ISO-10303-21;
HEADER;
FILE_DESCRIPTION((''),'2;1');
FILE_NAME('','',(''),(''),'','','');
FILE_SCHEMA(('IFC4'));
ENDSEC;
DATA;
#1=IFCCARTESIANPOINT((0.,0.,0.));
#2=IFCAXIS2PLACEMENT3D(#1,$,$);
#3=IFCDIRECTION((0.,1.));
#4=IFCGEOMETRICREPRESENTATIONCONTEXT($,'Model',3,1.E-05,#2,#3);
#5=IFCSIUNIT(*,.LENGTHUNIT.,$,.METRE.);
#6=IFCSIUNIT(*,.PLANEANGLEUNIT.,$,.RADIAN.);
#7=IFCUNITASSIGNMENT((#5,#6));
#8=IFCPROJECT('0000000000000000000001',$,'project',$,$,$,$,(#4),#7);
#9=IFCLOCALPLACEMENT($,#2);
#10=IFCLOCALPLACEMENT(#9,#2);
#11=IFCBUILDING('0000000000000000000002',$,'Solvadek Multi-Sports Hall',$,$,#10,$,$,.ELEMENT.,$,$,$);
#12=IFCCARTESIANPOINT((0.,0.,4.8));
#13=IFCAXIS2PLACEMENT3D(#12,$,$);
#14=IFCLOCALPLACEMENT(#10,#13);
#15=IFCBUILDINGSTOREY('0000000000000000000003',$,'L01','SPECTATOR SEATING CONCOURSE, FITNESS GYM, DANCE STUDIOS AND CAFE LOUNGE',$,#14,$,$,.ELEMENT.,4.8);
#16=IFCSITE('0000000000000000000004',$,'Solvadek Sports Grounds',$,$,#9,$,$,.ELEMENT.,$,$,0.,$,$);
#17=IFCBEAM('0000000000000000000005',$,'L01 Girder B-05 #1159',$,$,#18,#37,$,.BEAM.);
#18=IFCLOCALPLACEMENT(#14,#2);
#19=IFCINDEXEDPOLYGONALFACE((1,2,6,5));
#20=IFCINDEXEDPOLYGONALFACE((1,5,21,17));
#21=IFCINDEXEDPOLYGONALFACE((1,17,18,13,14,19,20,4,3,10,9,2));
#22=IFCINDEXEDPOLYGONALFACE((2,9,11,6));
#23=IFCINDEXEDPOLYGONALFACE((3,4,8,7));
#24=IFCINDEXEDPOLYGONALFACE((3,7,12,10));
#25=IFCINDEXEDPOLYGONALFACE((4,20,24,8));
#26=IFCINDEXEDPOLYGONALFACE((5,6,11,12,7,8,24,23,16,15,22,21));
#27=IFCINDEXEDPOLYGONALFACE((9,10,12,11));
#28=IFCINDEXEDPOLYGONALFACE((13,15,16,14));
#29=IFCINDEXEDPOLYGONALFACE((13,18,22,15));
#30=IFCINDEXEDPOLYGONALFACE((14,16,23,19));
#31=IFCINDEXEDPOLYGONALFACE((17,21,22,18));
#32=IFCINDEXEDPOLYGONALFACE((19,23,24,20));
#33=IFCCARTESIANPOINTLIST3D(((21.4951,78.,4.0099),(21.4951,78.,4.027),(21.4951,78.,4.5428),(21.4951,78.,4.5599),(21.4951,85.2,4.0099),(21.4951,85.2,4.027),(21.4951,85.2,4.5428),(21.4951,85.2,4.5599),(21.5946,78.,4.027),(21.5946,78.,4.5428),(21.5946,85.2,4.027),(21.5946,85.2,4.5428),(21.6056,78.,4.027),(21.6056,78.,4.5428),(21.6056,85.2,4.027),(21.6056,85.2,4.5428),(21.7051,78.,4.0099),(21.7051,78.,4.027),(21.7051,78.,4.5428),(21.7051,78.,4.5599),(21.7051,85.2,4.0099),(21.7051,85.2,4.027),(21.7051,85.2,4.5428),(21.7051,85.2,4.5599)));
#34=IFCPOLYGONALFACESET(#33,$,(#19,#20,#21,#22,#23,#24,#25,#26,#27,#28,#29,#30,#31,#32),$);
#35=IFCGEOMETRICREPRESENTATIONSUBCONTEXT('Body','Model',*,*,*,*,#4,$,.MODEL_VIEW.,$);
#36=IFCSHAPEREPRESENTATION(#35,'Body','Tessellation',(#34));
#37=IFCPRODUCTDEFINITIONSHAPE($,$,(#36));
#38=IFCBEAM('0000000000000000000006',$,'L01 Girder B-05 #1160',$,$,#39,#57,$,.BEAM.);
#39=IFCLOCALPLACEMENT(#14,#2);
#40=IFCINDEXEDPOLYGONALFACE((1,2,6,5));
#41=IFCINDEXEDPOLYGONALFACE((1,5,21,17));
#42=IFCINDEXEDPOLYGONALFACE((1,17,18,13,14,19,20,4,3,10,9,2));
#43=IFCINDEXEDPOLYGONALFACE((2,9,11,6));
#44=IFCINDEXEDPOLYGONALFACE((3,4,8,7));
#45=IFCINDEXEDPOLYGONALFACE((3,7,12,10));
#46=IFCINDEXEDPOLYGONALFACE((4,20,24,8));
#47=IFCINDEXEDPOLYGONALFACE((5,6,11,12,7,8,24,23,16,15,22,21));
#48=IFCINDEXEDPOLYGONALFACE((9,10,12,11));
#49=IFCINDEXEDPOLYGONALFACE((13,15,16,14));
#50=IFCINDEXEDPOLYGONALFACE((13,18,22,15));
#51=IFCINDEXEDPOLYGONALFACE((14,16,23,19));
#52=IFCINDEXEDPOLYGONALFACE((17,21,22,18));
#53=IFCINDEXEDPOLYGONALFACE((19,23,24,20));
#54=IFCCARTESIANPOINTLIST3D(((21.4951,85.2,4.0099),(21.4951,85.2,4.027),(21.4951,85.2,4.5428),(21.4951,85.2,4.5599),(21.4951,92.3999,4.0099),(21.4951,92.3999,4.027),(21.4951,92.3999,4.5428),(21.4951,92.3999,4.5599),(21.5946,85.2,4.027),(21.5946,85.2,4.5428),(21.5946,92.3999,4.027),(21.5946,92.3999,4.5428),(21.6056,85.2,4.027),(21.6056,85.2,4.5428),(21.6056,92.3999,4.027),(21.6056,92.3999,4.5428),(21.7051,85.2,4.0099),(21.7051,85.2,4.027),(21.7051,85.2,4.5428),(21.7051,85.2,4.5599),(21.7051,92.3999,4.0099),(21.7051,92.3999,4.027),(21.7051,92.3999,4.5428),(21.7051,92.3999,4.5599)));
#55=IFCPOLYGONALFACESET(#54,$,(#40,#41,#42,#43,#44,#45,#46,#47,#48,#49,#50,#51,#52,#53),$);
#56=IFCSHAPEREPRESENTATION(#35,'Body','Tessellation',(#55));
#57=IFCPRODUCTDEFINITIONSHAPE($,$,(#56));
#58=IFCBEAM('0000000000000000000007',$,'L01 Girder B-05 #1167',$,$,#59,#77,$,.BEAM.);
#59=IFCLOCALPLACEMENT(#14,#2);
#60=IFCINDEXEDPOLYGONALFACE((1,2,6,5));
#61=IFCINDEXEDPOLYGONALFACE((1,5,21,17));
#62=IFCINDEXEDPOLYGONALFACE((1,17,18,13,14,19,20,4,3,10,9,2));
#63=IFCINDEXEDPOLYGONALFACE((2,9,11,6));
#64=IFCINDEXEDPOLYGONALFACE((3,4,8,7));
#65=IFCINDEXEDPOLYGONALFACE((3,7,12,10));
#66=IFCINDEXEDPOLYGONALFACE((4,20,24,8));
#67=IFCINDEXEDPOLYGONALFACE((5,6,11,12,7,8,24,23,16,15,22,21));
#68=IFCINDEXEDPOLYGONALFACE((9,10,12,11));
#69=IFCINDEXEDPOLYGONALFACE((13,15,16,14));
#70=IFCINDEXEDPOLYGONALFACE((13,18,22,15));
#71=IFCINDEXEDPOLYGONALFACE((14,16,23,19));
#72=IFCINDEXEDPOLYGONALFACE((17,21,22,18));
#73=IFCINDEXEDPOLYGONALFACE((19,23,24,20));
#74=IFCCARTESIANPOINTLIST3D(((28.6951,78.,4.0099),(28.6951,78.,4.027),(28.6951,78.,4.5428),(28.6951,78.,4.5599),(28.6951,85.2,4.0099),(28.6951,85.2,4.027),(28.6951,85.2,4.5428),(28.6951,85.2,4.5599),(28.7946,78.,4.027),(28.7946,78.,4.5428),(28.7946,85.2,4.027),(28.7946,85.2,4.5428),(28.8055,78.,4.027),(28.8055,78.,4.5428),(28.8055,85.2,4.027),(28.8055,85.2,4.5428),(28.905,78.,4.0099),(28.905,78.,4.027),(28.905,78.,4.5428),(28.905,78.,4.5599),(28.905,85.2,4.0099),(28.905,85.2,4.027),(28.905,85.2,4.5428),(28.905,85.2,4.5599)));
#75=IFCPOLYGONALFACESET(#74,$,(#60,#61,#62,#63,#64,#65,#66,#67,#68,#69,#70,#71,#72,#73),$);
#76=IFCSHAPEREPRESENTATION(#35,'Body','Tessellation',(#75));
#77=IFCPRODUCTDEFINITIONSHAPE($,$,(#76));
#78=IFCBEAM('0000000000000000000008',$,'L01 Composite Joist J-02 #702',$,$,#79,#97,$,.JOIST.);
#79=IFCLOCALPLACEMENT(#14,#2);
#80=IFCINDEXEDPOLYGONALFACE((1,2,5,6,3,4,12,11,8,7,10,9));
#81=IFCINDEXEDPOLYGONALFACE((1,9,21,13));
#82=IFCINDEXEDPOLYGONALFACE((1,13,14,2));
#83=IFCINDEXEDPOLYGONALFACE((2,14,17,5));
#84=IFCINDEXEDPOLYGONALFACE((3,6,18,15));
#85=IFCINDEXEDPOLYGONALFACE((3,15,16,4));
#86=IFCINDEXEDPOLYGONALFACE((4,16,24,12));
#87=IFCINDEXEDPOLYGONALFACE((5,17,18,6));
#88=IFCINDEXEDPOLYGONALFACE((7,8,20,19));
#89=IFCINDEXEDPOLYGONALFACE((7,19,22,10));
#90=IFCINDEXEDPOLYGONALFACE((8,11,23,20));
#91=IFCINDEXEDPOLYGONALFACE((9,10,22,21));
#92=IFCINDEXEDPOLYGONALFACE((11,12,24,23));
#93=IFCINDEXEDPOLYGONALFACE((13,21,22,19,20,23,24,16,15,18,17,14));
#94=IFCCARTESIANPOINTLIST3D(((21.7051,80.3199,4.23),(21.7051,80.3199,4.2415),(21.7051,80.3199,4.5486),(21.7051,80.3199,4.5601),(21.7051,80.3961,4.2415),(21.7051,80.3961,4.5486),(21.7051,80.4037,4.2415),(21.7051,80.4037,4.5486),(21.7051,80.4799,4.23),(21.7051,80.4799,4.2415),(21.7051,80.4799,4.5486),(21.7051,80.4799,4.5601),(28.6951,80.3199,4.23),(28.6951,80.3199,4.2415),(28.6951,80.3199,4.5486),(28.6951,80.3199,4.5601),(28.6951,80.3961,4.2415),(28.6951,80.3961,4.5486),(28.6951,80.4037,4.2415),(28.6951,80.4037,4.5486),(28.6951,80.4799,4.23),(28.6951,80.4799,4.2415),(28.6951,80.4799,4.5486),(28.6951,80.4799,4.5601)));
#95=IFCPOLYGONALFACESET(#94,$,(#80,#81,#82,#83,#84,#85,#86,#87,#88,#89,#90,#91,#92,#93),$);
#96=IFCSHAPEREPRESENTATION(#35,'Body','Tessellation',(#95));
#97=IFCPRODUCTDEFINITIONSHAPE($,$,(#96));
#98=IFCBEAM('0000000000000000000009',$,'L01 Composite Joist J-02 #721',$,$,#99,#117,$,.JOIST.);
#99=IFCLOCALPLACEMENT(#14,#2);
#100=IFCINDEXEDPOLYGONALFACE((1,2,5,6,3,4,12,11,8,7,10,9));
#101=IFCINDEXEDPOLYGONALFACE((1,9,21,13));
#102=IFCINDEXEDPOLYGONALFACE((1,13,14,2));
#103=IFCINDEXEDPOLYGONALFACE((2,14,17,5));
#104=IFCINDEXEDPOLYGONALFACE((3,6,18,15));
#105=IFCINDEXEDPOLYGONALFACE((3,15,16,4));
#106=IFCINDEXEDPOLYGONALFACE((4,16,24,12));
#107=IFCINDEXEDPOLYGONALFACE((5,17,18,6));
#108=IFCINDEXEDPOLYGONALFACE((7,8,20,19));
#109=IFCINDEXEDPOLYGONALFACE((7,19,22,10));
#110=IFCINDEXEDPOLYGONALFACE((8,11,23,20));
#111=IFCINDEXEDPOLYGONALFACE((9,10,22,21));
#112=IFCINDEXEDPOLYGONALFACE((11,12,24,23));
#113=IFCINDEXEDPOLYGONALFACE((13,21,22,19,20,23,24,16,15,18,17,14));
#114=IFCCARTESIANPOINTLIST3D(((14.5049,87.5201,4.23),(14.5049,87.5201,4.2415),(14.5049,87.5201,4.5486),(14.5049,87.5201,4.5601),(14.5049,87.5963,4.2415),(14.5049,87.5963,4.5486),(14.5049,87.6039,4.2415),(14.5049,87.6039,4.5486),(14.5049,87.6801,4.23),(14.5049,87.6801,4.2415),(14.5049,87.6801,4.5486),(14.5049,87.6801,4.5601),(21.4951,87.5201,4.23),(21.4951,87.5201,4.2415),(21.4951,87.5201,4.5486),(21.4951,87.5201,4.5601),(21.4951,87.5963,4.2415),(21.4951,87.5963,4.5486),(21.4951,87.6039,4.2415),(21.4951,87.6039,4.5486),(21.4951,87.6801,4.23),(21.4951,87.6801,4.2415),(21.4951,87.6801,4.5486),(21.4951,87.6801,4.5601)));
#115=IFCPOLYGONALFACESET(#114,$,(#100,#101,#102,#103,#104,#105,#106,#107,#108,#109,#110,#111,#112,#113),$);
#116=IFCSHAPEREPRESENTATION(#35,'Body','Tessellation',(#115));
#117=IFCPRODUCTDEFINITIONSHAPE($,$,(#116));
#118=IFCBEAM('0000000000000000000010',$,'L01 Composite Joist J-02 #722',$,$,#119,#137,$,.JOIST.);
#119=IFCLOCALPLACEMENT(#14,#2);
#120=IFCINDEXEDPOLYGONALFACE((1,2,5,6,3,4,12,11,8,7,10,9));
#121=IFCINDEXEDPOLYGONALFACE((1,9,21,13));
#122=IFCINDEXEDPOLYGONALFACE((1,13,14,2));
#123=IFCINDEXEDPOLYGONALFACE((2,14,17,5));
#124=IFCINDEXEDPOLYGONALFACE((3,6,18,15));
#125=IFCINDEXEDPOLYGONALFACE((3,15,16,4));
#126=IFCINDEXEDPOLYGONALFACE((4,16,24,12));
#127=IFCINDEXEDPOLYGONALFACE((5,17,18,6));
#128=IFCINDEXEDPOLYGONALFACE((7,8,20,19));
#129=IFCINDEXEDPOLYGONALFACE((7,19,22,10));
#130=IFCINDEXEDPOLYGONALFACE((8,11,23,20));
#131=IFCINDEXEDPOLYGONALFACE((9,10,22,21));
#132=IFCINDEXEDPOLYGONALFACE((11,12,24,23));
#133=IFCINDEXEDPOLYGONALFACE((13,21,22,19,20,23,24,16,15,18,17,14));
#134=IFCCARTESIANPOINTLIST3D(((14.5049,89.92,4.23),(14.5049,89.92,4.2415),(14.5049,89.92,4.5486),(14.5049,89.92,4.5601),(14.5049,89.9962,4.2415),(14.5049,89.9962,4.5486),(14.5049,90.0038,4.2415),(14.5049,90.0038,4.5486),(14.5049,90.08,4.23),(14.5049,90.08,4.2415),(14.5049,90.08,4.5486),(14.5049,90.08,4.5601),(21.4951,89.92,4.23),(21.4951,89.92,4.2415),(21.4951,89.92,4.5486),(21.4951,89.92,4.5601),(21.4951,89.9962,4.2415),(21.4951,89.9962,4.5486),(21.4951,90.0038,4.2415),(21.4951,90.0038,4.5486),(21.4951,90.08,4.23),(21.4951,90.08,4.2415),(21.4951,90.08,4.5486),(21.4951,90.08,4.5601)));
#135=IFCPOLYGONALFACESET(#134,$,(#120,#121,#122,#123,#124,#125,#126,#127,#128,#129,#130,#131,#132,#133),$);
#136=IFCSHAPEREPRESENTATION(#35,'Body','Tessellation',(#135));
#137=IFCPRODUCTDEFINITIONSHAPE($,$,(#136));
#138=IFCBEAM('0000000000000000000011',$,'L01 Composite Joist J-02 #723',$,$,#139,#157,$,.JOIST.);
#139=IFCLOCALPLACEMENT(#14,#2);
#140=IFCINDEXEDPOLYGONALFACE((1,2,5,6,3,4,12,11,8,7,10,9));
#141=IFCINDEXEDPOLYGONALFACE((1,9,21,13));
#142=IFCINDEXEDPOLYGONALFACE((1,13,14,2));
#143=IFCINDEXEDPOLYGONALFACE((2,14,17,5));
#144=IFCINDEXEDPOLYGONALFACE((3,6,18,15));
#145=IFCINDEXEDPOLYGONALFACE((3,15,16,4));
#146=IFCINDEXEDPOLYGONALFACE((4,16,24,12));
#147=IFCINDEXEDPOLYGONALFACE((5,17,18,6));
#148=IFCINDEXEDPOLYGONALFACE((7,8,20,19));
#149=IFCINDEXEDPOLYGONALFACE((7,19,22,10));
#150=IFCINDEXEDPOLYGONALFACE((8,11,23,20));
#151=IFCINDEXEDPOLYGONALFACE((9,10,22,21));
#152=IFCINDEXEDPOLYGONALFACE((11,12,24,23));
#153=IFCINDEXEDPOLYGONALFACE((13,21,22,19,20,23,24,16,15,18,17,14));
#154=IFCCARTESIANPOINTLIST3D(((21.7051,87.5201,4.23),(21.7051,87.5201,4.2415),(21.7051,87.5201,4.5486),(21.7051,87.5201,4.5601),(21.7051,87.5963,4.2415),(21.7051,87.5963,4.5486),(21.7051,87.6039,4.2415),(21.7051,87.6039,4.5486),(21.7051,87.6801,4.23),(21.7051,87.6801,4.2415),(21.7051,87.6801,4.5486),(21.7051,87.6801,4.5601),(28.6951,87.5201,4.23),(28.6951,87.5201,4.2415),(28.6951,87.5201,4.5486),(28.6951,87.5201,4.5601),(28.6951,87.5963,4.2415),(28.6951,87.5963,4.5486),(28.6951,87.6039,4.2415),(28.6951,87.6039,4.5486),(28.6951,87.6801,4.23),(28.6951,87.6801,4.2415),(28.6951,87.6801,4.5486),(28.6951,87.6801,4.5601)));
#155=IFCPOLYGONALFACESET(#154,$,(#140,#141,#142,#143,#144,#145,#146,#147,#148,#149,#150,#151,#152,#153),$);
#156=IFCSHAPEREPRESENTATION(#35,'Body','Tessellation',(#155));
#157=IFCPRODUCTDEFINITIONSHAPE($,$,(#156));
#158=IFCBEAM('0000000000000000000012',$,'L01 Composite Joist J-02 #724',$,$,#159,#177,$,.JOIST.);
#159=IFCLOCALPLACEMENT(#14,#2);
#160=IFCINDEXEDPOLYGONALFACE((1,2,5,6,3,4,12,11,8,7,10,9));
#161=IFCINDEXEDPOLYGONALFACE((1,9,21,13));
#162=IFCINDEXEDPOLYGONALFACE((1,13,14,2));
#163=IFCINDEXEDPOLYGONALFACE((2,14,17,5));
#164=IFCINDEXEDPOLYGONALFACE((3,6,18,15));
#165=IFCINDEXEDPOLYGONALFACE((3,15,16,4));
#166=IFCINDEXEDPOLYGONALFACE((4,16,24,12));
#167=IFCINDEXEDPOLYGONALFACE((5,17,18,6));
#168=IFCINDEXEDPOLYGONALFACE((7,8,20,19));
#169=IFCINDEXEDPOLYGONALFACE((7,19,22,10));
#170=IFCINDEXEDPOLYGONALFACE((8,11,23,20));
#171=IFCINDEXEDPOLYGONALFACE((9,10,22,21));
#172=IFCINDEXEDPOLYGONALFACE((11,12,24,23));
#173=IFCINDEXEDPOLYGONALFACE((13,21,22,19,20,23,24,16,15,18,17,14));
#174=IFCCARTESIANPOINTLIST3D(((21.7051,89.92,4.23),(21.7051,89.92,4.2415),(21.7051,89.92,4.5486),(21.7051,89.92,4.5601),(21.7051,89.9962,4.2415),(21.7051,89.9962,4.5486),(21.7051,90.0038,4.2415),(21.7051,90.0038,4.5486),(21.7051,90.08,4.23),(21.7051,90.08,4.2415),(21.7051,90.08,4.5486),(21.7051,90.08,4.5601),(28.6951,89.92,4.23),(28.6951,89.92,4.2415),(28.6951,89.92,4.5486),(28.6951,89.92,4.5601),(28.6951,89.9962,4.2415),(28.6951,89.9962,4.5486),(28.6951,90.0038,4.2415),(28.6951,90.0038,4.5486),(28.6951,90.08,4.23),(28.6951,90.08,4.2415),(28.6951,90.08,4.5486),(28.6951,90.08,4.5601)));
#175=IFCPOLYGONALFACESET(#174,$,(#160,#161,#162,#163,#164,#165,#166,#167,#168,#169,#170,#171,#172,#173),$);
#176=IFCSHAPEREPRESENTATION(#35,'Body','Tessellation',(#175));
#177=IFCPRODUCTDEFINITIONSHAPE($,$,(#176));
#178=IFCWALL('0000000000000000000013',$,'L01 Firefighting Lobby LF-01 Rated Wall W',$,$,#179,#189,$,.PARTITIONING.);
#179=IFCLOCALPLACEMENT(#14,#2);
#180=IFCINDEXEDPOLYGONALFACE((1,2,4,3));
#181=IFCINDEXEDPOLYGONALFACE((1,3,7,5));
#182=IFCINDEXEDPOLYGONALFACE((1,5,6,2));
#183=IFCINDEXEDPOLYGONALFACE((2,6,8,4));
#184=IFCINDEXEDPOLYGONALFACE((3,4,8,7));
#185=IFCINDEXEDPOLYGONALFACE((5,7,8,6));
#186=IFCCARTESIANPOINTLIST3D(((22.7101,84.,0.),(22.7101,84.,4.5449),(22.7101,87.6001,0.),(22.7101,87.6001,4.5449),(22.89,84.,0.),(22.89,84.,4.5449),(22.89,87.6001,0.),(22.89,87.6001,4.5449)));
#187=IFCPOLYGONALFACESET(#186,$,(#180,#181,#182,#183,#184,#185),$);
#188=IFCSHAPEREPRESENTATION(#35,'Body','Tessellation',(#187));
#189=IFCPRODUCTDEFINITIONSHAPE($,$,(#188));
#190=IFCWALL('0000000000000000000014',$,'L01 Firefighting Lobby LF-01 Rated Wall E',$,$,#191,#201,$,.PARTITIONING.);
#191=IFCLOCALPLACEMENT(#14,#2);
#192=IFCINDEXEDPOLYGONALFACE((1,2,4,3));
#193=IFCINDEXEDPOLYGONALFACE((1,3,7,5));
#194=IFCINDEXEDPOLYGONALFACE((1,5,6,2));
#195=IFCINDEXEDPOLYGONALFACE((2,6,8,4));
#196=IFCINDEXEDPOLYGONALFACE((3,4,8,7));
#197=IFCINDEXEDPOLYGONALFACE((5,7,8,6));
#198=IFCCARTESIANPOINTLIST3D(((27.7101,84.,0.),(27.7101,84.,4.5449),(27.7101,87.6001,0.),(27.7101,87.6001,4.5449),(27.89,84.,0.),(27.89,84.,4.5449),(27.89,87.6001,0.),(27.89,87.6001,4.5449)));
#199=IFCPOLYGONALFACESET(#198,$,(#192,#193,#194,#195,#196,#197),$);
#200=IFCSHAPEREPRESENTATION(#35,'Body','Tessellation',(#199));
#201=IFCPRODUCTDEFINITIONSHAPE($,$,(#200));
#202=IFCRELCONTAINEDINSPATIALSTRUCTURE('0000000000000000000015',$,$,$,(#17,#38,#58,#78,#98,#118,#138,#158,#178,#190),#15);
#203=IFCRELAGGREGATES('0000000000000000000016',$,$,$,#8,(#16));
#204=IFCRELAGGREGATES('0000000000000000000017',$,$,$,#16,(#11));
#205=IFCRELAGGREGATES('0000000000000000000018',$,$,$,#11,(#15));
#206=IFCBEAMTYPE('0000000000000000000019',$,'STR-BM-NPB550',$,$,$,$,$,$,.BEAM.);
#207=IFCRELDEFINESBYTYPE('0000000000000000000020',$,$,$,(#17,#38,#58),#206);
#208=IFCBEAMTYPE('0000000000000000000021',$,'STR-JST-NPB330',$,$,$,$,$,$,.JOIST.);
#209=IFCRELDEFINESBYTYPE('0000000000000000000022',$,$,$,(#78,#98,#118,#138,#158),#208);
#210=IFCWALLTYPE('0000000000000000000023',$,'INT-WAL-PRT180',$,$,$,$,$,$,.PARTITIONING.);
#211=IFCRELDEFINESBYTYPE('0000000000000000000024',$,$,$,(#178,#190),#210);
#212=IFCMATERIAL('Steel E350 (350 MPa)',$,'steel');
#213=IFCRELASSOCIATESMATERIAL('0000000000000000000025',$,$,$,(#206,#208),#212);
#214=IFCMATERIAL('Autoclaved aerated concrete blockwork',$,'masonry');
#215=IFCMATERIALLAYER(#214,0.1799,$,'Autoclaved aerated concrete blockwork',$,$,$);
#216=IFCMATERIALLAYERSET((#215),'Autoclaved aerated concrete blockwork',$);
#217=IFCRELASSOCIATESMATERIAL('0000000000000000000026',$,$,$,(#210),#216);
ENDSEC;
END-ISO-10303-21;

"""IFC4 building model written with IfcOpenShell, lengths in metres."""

from ifc_helpers import new_model, si_unit, direction, frame, frame_2d, origin, origin_2d, place, context, subcontext, project, spatial, rectangle, i_section, extrude, material, layer, layer_set, material_profile, profile_set, type_object, element, save


model = new_model("IFC4")

# Units and contexts
model_context = context("Model", 3, precision=1e-05, world=origin(), true_north=direction((0.0, 1.0)))
body_context = subcontext(model_context, "Body", "Model", "MODEL_VIEW")
ifc_project = project(units=[si_unit("LENGTHUNIT", "METRE"), si_unit("PLANEANGLEUNIT", "RADIAN")], contexts=[model_context])

# Site, building, storey
site_placement = place(None, origin())
site = spatial("IfcSite", under=ifc_project, at=site_placement, Name="Solvadek Sports Grounds", CompositionType="ELEMENT", RefElevation=0.0)
building_placement = place(site_placement, origin())
building = spatial("IfcBuilding", under=site, at=building_placement, Name="Solvadek Multi-Sports Hall", CompositionType="ELEMENT")
storey_placement = place(building_placement, frame((0.0, 0.0, 4.8)))
storey = spatial("IfcBuildingStorey", under=building, at=storey_placement, Name="L01", Description="SPECTATOR SEATING CONCOURSE, FITNESS GYM, DANCE STUDIOS AND CAFE LOUNGE", CompositionType="ELEMENT", Elevation=4.8)

# Shared definitions
ifc_material_1 = material(Name="Steel E350 (350 MPa)", Category="steel")

# Beams
ifc_material_profile_1 = material_profile(ifc_material_1, i_section(OverallWidth=0.21, OverallDepth=0.55, WebThickness=0.011, FlangeThickness=0.0171, at=origin_2d()), Name="NPB 550")
ifc_profile_set_1 = profile_set([ifc_material_profile_1], Name="Steel E350 (350 MPa)")
beam_type_1 = type_object("IfcBeamType", Name="STR-BM-NPB550", PredefinedType="BEAM", material=ifc_profile_set_1)
for number, where, z_axis, x_axis, name in (
    (1, (21.6001, 78.0, 4.2849), (0.0, 1.0, 0.0), (-1.0, 0.0, 0.0), "L01 Girder B-05 #1159"),
    (2, (21.6001, 85.2, 4.2849), (0.0, 1.0, 0.0), (-1.0, 0.0, 0.0), "L01 Girder B-05 #1160"),
    (3, (28.8, 78.0, 4.2849), (0.0, 1.0, 0.0), (-1.0, 0.0, 0.0), "L01 Girder B-05 #1167"),
):
    element("IfcBeam", number, at=place(storey_placement, frame(where, z_axis=z_axis, x_axis=x_axis)), inside=storey, type_object=beam_type_1, Name=name, PredefinedType="BEAM", context=body_context, shape_type="SweptSolid", body=[
        extrude(i_section(OverallWidth=0.21, OverallDepth=0.55, WebThickness=0.011, FlangeThickness=0.0171, at=origin_2d()), origin(), (0.0, 0.0, 1.0), 7.2),
    ])
ifc_material_profile_2 = material_profile(ifc_material_1, i_section(OverallWidth=0.1599, OverallDepth=0.3301, WebThickness=0.0076, FlangeThickness=0.0115, at=origin_2d()), Name="NPB 330")
ifc_profile_set_2 = profile_set([ifc_material_profile_2], Name="Steel E350 (350 MPa)")
beam_type_2 = type_object("IfcBeamType", Name="STR-JST-NPB330", PredefinedType="JOIST", material=ifc_profile_set_2)
beam_1_placement = place(storey_placement, frame((21.7051, 80.3999, 4.395), z_axis=(1.0, 0.0, 0.0), x_axis=(0.0, 1.0, 0.0)))
element("IfcBeam", 4, at=beam_1_placement, inside=storey, type_object=beam_type_2, Name="L01 Composite Joist J-02 #702", PredefinedType="JOIST", context=body_context, shape_type="SweptSolid", body=[
    extrude(i_section(OverallWidth=0.1599, OverallDepth=0.3301, WebThickness=0.0076, FlangeThickness=0.0115, at=origin_2d()), origin(), (0.0, 0.0, 1.0), 6.99),
])
for number, where, z_axis, x_axis, name in (
    (5, (14.5049, 87.6001, 4.395), (1.0, 0.0, 0.0), (0.0, 1.0, 0.0), "L01 Composite Joist J-02 #721"),
    (6, (14.5049, 90.0, 4.395), (1.0, 0.0, 0.0), (0.0, 1.0, 0.0), "L01 Composite Joist J-02 #722"),
):
    element("IfcBeam", number, at=place(storey_placement, frame(where, z_axis=z_axis, x_axis=x_axis)), inside=storey, type_object=beam_type_2, Name=name, PredefinedType="JOIST", context=body_context, shape_type="SweptSolid", body=[
        extrude(i_section(OverallWidth=0.1599, OverallDepth=0.3301, WebThickness=0.0076, FlangeThickness=0.0115, at=origin_2d()), origin(), (0.0, 0.0, 1.0), 6.9902),
    ])
for number, where, z_axis, x_axis, name in (
    (7, (21.7051, 87.6001, 4.395), (1.0, 0.0, 0.0), (0.0, 1.0, 0.0), "L01 Composite Joist J-02 #723"),
    (8, (21.7051, 90.0, 4.395), (1.0, 0.0, 0.0), (0.0, 1.0, 0.0), "L01 Composite Joist J-02 #724"),
):
    element("IfcBeam", number, at=place(storey_placement, frame(where, z_axis=z_axis, x_axis=x_axis)), inside=storey, type_object=beam_type_2, Name=name, PredefinedType="JOIST", context=body_context, shape_type="SweptSolid", body=[
        extrude(i_section(OverallWidth=0.1599, OverallDepth=0.3301, WebThickness=0.0076, FlangeThickness=0.0115, at=origin_2d()), origin(), (0.0, 0.0, 1.0), 6.99),
    ])

# Shared definitions
ifc_material_2 = material(Name="Autoclaved aerated concrete blockwork", Category="masonry")
ifc_layer_1 = layer(ifc_material_2, 0.1799, Name="Autoclaved aerated concrete blockwork")
ifc_layer_set_1 = layer_set([ifc_layer_1], Name="Autoclaved aerated concrete blockwork")
wall_type_1 = type_object("IfcWallType", Name="INT-WAL-PRT180", PredefinedType="PARTITIONING", material=ifc_layer_set_1)

# Walls
for number, where, z_axis, x_axis, name in (
    (9, (22.8, 84.0, 0.0), (0.0, 0.0, 1.0), (0.0, 1.0, 0.0), "L01 Firefighting Lobby LF-01 Rated Wall W"),
    (10, (27.8, 84.0, 0.0), (0.0, 0.0, 1.0), (0.0, 1.0, 0.0), "L01 Firefighting Lobby LF-01 Rated Wall E"),
):
    element("IfcWall", number, at=place(storey_placement, frame(where, z_axis=z_axis, x_axis=x_axis)), inside=storey, type_object=wall_type_1, Name=name, PredefinedType="PARTITIONING", context=body_context, shape_type="SweptSolid", body=[
        extrude(rectangle(XDim=3.6001, YDim=0.1799, at=frame_2d((1.8, 0.0))), origin(), (0.0, 0.0, 1.0), 4.5449),
    ])

save(model, "model.ifc")
